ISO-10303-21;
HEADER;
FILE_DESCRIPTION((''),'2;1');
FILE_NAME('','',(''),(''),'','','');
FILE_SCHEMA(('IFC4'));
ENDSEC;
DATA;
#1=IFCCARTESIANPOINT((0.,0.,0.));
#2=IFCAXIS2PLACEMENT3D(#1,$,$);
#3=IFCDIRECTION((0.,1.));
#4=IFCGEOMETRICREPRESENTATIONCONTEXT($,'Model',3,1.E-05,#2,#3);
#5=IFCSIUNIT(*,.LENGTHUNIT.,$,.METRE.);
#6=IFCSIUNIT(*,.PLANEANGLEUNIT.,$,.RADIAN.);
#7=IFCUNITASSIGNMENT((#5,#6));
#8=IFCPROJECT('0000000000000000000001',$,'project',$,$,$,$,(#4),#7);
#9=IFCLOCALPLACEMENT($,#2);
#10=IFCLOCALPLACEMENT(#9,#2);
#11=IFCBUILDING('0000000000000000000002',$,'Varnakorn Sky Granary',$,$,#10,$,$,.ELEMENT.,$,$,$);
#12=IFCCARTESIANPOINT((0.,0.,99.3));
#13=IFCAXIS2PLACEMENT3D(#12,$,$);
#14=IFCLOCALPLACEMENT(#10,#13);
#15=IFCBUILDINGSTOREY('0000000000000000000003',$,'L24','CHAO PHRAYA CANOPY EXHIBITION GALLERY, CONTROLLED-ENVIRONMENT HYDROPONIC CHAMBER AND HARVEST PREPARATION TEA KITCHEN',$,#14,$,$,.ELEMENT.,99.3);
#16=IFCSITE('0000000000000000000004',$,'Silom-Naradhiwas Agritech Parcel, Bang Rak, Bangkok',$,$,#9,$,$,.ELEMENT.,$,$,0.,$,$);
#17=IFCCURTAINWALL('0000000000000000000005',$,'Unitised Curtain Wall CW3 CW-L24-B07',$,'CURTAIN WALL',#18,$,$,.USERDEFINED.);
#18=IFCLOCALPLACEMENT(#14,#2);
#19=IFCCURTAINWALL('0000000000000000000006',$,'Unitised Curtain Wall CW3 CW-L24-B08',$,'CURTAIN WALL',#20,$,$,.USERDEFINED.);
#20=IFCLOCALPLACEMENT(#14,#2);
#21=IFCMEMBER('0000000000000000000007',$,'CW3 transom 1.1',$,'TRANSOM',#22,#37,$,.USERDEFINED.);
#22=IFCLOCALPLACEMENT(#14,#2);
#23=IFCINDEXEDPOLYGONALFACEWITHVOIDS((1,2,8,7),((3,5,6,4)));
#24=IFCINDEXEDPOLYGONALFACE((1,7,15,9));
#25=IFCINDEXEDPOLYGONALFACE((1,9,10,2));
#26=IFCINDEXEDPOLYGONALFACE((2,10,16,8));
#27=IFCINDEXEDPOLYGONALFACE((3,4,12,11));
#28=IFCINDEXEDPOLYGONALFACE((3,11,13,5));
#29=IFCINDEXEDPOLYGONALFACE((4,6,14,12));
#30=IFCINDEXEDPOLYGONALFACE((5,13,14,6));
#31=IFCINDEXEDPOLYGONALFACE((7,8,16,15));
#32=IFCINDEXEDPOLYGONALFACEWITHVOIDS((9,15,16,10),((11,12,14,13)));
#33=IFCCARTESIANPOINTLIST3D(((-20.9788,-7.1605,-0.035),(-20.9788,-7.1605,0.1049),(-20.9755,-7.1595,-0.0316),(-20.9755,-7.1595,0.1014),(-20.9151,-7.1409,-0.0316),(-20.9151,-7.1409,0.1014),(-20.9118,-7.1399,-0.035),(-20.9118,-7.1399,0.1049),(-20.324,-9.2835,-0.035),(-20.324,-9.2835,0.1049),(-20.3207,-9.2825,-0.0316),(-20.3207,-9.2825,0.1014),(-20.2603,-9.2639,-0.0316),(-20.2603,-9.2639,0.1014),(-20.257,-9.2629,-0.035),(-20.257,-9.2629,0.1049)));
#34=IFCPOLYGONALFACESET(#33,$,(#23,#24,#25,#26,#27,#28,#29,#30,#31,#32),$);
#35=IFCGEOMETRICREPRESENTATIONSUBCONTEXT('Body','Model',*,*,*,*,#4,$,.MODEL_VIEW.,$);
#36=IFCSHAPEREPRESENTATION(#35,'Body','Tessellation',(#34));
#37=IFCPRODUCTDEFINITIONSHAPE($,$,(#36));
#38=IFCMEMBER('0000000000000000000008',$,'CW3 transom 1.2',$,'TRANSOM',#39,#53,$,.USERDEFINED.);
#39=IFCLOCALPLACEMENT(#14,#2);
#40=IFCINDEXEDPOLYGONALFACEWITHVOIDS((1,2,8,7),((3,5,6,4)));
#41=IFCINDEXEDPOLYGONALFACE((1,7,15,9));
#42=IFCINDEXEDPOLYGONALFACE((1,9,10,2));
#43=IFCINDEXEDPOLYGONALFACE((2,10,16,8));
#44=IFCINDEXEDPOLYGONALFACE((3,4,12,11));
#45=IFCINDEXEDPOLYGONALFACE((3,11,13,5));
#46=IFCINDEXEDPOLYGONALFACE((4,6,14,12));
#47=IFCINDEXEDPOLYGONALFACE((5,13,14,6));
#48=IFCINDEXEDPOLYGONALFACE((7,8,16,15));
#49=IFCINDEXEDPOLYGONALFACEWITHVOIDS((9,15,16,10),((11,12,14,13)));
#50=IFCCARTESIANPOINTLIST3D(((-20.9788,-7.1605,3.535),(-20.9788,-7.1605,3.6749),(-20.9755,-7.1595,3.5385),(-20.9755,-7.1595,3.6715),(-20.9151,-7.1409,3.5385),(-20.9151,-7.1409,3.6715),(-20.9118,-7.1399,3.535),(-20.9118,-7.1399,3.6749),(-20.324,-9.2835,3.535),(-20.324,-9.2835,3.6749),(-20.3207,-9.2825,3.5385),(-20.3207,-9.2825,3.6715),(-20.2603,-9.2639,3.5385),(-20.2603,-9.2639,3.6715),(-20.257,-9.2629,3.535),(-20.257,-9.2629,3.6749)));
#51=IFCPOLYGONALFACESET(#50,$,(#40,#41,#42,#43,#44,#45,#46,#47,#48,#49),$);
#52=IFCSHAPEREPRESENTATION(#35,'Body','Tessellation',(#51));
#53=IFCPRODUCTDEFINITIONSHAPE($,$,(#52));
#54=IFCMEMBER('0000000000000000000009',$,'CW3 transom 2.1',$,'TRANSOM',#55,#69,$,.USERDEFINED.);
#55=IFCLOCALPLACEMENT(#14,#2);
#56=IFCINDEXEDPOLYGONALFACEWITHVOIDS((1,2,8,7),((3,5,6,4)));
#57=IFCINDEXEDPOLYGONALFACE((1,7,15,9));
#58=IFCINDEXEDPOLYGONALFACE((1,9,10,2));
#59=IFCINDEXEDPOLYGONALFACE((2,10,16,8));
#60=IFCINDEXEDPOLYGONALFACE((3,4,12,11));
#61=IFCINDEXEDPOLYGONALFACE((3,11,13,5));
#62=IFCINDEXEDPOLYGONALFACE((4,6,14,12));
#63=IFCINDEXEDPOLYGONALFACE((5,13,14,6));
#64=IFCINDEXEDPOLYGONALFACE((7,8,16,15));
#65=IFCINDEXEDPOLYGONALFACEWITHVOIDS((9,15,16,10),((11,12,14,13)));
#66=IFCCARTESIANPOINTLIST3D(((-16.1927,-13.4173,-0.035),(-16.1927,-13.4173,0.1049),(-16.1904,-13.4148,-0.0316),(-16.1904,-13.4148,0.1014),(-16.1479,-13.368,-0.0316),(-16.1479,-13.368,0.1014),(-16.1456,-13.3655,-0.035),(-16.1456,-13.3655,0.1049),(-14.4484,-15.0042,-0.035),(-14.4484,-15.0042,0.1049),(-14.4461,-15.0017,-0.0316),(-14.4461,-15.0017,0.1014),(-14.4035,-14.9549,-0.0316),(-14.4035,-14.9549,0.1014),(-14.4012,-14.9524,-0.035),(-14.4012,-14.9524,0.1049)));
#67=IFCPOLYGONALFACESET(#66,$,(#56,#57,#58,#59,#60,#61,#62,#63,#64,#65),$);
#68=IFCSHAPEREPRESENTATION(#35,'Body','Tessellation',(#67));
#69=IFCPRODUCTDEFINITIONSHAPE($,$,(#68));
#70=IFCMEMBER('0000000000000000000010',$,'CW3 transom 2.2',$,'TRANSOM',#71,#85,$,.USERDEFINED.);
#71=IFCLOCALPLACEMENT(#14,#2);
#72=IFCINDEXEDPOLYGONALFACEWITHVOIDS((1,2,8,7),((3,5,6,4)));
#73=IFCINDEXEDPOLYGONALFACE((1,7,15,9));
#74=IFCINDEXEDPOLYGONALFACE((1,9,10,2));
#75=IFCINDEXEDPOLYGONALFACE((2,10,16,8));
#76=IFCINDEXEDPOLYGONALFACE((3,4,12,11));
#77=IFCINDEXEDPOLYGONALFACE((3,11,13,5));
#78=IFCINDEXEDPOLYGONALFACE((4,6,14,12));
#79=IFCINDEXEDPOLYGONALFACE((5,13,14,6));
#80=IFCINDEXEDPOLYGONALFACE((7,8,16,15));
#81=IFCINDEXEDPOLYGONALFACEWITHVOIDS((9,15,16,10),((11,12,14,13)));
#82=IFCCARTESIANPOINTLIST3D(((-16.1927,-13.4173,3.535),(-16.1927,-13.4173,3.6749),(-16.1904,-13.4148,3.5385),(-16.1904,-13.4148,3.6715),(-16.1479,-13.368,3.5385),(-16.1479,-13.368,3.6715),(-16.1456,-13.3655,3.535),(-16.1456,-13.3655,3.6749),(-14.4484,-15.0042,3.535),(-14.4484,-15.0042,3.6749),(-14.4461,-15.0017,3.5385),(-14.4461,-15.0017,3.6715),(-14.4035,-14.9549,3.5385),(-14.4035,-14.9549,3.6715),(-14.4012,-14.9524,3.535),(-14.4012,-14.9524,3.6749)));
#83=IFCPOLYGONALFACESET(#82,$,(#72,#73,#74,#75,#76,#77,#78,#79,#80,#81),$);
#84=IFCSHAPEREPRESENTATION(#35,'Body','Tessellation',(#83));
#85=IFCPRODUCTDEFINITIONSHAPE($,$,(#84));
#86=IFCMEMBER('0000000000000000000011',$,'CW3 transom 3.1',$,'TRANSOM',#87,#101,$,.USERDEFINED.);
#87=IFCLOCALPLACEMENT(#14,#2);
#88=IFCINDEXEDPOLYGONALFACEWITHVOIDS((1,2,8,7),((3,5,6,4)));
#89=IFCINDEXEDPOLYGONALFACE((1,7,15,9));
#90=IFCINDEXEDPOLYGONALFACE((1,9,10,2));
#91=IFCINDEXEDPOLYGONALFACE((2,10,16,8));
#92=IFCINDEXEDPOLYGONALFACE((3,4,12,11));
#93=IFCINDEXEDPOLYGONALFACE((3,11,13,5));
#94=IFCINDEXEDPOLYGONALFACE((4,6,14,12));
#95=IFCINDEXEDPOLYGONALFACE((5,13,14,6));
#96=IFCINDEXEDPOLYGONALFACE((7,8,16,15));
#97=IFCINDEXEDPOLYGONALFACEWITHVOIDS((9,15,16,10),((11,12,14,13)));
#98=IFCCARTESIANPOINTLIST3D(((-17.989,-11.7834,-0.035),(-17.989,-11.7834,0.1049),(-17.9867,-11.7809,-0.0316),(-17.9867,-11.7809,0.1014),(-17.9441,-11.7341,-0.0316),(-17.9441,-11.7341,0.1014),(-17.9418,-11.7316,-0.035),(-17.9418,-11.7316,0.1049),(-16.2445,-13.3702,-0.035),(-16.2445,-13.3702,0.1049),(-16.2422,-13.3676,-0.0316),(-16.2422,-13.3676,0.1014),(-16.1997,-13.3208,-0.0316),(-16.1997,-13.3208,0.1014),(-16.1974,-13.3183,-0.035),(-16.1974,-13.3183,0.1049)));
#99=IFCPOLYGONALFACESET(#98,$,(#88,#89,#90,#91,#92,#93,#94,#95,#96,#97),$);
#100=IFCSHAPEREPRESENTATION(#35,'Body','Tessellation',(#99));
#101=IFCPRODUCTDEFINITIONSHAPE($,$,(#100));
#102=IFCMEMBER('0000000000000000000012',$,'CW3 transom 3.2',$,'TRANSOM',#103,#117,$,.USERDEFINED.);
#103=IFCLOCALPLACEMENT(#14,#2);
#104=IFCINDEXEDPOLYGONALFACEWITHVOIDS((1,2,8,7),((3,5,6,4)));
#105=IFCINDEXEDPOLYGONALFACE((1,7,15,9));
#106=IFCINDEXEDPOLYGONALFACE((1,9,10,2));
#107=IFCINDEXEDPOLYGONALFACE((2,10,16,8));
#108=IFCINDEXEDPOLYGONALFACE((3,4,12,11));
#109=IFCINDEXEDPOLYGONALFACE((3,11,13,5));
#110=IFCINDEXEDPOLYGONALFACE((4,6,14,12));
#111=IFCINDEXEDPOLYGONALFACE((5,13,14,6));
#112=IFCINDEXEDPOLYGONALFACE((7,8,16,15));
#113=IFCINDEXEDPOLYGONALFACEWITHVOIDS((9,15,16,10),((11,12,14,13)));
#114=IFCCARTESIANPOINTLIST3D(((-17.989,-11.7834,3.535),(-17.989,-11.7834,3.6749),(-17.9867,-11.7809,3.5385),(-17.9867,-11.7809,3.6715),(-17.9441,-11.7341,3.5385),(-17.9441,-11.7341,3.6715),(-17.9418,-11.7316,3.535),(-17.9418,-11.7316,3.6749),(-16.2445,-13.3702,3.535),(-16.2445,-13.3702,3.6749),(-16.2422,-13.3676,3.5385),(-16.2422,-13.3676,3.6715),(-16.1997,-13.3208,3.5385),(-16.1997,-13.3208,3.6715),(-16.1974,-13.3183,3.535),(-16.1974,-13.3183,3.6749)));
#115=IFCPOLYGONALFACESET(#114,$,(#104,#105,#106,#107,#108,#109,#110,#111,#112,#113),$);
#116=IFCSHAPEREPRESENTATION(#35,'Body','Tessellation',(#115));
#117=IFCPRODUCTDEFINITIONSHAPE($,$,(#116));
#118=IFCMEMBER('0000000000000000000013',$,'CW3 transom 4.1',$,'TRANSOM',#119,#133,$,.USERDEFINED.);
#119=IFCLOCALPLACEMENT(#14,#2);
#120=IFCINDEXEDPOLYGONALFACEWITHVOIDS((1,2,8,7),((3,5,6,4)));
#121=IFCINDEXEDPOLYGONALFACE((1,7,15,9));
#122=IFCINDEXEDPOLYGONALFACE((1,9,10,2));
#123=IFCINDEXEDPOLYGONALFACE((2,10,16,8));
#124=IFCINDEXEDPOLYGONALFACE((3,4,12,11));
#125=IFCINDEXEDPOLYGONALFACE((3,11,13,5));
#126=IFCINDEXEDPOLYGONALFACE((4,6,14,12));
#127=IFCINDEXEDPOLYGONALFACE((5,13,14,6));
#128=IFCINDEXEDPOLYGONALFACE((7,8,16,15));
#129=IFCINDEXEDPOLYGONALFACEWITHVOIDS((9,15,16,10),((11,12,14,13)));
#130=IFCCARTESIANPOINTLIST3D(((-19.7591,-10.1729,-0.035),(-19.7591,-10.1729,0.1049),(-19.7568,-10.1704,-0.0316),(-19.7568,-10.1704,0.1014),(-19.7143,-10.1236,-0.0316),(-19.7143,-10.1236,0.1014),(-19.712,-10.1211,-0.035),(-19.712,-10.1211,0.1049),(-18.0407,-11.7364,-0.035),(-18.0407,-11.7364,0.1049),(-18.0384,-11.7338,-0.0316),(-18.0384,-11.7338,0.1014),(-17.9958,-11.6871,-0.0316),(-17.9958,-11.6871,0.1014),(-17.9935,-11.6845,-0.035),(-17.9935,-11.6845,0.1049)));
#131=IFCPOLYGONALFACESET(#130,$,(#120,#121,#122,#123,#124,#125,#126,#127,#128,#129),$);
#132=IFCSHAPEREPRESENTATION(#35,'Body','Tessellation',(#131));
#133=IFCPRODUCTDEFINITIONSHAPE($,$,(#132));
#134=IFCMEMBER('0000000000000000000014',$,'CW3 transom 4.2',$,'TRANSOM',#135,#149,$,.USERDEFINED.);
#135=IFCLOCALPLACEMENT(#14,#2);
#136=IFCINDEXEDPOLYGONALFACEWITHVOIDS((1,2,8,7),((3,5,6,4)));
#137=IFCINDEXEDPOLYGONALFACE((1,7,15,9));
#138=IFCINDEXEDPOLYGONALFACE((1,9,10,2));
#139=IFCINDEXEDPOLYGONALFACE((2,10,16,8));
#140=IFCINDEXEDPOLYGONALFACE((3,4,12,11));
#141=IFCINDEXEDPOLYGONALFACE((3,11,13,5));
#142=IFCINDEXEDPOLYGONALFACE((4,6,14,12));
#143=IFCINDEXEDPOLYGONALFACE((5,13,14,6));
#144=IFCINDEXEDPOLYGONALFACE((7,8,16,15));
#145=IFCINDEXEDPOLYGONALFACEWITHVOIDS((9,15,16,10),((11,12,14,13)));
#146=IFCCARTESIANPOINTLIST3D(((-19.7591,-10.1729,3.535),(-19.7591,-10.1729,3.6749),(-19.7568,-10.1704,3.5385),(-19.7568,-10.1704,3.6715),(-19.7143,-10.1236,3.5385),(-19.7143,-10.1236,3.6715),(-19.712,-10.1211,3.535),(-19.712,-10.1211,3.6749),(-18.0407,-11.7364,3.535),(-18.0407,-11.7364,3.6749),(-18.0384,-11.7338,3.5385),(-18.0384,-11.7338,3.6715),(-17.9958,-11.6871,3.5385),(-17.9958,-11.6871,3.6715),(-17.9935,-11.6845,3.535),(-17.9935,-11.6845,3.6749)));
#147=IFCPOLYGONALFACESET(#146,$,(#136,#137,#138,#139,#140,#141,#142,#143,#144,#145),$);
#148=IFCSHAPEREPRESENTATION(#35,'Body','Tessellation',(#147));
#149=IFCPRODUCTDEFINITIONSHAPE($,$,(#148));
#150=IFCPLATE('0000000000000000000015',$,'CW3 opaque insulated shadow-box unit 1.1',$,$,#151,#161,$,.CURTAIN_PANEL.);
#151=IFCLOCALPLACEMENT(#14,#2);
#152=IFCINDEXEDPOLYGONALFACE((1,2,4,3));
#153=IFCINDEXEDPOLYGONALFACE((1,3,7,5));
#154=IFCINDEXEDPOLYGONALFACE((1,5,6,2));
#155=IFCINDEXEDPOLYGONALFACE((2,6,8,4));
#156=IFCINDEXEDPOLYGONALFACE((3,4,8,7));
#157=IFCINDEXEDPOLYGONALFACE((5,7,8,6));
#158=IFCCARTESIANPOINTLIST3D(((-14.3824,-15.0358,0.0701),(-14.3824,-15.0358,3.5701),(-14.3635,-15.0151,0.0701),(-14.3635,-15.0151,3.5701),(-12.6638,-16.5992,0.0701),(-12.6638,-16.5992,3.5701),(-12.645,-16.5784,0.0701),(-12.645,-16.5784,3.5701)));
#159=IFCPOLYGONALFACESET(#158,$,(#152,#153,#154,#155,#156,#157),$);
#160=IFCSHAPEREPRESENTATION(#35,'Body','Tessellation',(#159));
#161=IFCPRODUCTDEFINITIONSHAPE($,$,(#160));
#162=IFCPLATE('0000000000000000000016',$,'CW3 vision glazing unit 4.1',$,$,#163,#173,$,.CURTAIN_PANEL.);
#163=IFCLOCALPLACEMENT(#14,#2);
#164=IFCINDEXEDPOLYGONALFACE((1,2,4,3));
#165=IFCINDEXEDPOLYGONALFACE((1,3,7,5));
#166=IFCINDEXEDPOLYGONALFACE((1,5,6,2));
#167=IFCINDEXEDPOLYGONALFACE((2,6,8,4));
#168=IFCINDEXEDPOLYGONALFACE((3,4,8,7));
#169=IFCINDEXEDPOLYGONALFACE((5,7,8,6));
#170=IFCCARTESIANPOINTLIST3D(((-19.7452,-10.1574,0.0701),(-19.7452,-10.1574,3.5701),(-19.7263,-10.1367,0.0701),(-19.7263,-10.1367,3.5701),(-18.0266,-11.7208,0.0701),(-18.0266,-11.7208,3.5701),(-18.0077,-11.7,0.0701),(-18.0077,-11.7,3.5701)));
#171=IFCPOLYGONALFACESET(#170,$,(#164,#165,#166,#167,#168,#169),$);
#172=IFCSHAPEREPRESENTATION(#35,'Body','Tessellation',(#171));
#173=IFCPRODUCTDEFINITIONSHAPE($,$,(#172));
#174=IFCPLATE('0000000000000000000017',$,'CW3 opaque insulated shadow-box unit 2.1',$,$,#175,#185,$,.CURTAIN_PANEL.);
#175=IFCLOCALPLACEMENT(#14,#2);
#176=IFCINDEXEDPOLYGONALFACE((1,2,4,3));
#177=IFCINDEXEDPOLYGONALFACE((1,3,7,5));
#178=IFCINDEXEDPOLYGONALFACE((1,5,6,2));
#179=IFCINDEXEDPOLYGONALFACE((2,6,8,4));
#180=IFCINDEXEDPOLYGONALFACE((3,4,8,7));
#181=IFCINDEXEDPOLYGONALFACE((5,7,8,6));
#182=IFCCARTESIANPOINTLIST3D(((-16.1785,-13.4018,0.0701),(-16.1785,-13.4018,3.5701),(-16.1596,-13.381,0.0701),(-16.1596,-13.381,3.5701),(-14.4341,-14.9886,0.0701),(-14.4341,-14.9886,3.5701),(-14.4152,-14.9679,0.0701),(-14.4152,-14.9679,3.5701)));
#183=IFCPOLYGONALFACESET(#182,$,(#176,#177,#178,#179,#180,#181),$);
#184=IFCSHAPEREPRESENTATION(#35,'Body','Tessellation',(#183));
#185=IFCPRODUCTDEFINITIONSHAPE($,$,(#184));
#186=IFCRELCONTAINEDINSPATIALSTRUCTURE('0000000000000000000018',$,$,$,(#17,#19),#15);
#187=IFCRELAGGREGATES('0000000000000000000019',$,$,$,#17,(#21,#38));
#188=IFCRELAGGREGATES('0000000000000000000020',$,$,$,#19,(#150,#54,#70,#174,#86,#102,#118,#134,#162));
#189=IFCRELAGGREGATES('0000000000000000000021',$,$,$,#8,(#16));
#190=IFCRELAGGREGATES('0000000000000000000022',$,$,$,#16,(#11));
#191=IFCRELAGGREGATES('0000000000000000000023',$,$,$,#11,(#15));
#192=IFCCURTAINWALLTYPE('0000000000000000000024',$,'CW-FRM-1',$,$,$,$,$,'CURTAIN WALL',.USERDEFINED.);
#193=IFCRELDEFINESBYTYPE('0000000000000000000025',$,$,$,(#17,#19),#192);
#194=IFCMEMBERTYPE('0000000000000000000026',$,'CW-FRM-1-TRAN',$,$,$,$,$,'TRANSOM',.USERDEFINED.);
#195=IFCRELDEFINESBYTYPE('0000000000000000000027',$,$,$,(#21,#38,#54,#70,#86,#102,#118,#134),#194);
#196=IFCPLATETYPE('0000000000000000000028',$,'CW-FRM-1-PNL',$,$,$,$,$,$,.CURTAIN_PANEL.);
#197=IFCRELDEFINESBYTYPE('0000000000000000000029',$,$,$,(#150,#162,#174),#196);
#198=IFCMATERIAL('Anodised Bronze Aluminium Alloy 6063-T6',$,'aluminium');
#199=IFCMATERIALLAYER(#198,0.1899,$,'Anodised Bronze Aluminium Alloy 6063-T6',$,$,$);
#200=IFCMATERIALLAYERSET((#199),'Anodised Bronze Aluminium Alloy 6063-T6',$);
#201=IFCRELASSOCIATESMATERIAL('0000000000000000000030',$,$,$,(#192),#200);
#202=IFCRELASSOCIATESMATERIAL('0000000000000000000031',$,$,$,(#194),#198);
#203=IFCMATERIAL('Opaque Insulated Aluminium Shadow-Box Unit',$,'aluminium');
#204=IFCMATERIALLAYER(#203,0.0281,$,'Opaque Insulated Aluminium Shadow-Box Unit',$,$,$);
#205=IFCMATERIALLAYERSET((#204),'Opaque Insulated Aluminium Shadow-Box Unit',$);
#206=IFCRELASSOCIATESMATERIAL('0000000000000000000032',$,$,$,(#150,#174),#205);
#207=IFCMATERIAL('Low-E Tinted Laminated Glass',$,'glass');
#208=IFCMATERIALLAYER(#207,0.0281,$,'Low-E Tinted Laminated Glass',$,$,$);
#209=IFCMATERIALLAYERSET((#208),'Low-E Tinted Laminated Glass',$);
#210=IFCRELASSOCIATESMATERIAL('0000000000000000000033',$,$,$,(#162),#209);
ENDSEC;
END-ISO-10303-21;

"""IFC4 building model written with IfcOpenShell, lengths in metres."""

from ifc_helpers import new_model, si_unit, direction, frame, origin, origin_2d, place, context, subcontext, project, spatial, rectangle, hollow_rectangle, extrude, source, transform, mapped, material, layer, layer_set, material_profile, profile_set, type_object, type_shapes, element, aggregate, save


model = new_model("IFC4")

# Units and contexts
model_context = context("Model", 3, precision=1e-05, world=origin(), true_north=direction((0.0, 1.0)))
body_context = subcontext(model_context, "Body", "Model", "MODEL_VIEW")
ifc_project = project(units=[si_unit("LENGTHUNIT", "METRE"), si_unit("PLANEANGLEUNIT", "RADIAN")], contexts=[model_context])

# Site, building, storey
site_placement = place(None, origin())
site = spatial("IfcSite", under=ifc_project, at=site_placement, Name="Silom-Naradhiwas Agritech Parcel, Bang Rak, Bangkok", CompositionType="ELEMENT", RefElevation=0.0)
building_placement = place(site_placement, origin())
building = spatial("IfcBuilding", under=site, at=building_placement, Name="Varnakorn Sky Granary", CompositionType="ELEMENT")
storey_placement = place(building_placement, frame((0.0, 0.0, 99.3)))
storey = spatial("IfcBuildingStorey", under=building, at=storey_placement, Name="L24", Description="CHAO PHRAYA CANOPY EXHIBITION GALLERY, CONTROLLED-ENVIRONMENT HYDROPONIC CHAMBER AND HARVEST PREPARATION TEA KITCHEN", CompositionType="ELEMENT", Elevation=99.3)

# Curtain wall
ifc_material_1 = material(Name="Anodised Bronze Aluminium Alloy 6063-T6", Category="aluminium")
ifc_layer_1 = layer(ifc_material_1, 0.1899, Name="Anodised Bronze Aluminium Alloy 6063-T6")
ifc_layer_set_1 = layer_set([ifc_layer_1], Name="Anodised Bronze Aluminium Alloy 6063-T6")
curtain_wall_type = type_object("IfcCurtainWallType", Name="CW-FRM-1", ElementType="CURTAIN WALL", PredefinedType="USERDEFINED", material=ifc_layer_set_1)
curtain_wall_1_placement = place(storey_placement, origin())
curtain_wall_1 = element("IfcCurtainWall", 1, at=curtain_wall_1_placement, inside=storey, type_object=curtain_wall_type, Name="Unitised Curtain Wall CW3 CW-L24-B07", ObjectType="CURTAIN WALL", PredefinedType="USERDEFINED")

# Curtain wall
curtain_wall_2_placement = place(storey_placement, origin())
curtain_wall_2 = element("IfcCurtainWall", 2, at=curtain_wall_2_placement, inside=storey, type_object=curtain_wall_type, Name="Unitised Curtain Wall CW3 CW-L24-B08", ObjectType="CURTAIN WALL", PredefinedType="USERDEFINED")

# Members
ifc_material_profile_1 = material_profile(ifc_material_1, hollow_rectangle(XDim=0.0701, YDim=0.1399, WallThickness=0.0034, at=origin_2d()), Name="ALU TRAN 70x140")
ifc_profile_set_1 = profile_set([ifc_material_profile_1], Name="Anodised Bronze Aluminium Alloy 6063-T6")
member_type_1 = type_object("IfcMemberType", Name="CW-FRM-1-TRAN", ElementType="TRANSOM", PredefinedType="USERDEFINED", material=ifc_profile_set_1)
member_1_placement = place(storey_placement, frame((-20.2905, -9.2732, 0.0349), z_axis=(-0.294719, 0.955584, 0.0), x_axis=(-0.955584, -0.294719, 0.0)))
member_1 = element("IfcMember", 3, at=member_1_placement, type_object=member_type_1, Name="CW3 transom 1.1", ObjectType="TRANSOM", PredefinedType="USERDEFINED", context=body_context, shape_type="SweptSolid", body=[
    extrude(hollow_rectangle(XDim=0.0701, YDim=0.1399, WallThickness=0.0034, at=origin_2d()), origin(), (0.0, 0.0, 1.0), 2.2217),
])
member_2_placement = place(storey_placement, frame((-20.2905, -9.2732, 3.605), z_axis=(-0.294719, 0.955584, 0.0), x_axis=(-0.955584, -0.294719, 0.0)))
member_2 = element("IfcMember", 4, at=member_2_placement, type_object=member_type_1, Name="CW3 transom 1.2", ObjectType="TRANSOM", PredefinedType="USERDEFINED", context=body_context, shape_type="SweptSolid", body=[
    extrude(hollow_rectangle(XDim=0.0701, YDim=0.1399, WallThickness=0.0034, at=origin_2d()), origin(), (0.0, 0.0, 1.0), 2.2217),
])
aggregate(curtain_wall_1, [member_1, member_2])
member_3_placement = place(storey_placement, frame((-14.4248, -14.9783, 0.0349), z_axis=(-0.739706, 0.67293, 0.0), x_axis=(-0.67293, -0.739706, 0.0)))
member_3 = element("IfcMember", 5, at=member_3_placement, type_object=member_type_1, Name="CW3 transom 2.1", ObjectType="TRANSOM", PredefinedType="USERDEFINED", context=body_context, shape_type="SweptSolid", body=[
    extrude(hollow_rectangle(XDim=0.0701, YDim=0.1399, WallThickness=0.0034, at=origin_2d()), origin(), (0.0, 0.0, 1.0), 2.3582),
])
member_4_placement = place(storey_placement, frame((-14.4248, -14.9783, 3.605), z_axis=(-0.739706, 0.67293, 0.0), x_axis=(-0.67293, -0.739706, 0.0)))
member_4 = element("IfcMember", 6, at=member_4_placement, type_object=member_type_1, Name="CW3 transom 2.2", ObjectType="TRANSOM", PredefinedType="USERDEFINED", context=body_context, shape_type="SweptSolid", body=[
    extrude(hollow_rectangle(XDim=0.0701, YDim=0.1399, WallThickness=0.0034, at=origin_2d()), origin(), (0.0, 0.0, 1.0), 2.3582),
])
member_5_placement = place(storey_placement, frame((-16.2209, -13.3442, 0.0349), z_axis=(-0.739757, 0.672874, 0.0), x_axis=(-0.672874, -0.739757, 0.0)))
member_5 = element("IfcMember", 7, at=member_5_placement, type_object=member_type_1, Name="CW3 transom 3.1", ObjectType="TRANSOM", PredefinedType="USERDEFINED", context=body_context, shape_type="SweptSolid", body=[
    extrude(hollow_rectangle(XDim=0.0701, YDim=0.1399, WallThickness=0.0034, at=origin_2d()), origin(), (0.0, 0.0, 1.0), 2.3582),
])
member_6_placement = place(storey_placement, frame((-16.2209, -13.3442, 3.605), z_axis=(-0.739757, 0.672874, 0.0), x_axis=(-0.672874, -0.739757, 0.0)))
member_6 = element("IfcMember", 8, at=member_6_placement, type_object=member_type_1, Name="CW3 transom 3.2", ObjectType="TRANSOM", PredefinedType="USERDEFINED", context=body_context, shape_type="SweptSolid", body=[
    extrude(hollow_rectangle(XDim=0.0701, YDim=0.1399, WallThickness=0.0034, at=origin_2d()), origin(), (0.0, 0.0, 1.0), 2.3582),
])
member_7_placement = place(storey_placement, frame((-18.0171, -11.7104, 0.0349), z_axis=(-0.739683, 0.672955, 0.0), x_axis=(-0.672955, -0.739683, 0.0)))
member_7 = element("IfcMember", 9, at=member_7_placement, type_object=member_type_1, Name="CW3 transom 4.1", ObjectType="TRANSOM", PredefinedType="USERDEFINED", context=body_context, shape_type="SweptSolid", body=[
    extrude(hollow_rectangle(XDim=0.0701, YDim=0.1399, WallThickness=0.0034, at=origin_2d()), origin(), (0.0, 0.0, 1.0), 2.3232),
])
member_8_placement = place(storey_placement, frame((-18.0171, -11.7104, 3.605), z_axis=(-0.739683, 0.672955, 0.0), x_axis=(-0.672955, -0.739683, 0.0)))
member_8 = element("IfcMember", 10, at=member_8_placement, type_object=member_type_1, Name="CW3 transom 4.2", ObjectType="TRANSOM", PredefinedType="USERDEFINED", context=body_context, shape_type="SweptSolid", body=[
    extrude(hollow_rectangle(XDim=0.0701, YDim=0.1399, WallThickness=0.0034, at=origin_2d()), origin(), (0.0, 0.0, 1.0), 2.3232),
])

# Plates
ifc_material_2 = material(Name="Opaque Insulated Aluminium Shadow-Box Unit", Category="aluminium")
ifc_layer_2 = layer(ifc_material_2, 0.0281, Name="Opaque Insulated Aluminium Shadow-Box Unit")
ifc_layer_set_2 = layer_set([ifc_layer_2], Name="Opaque Insulated Aluminium Shadow-Box Unit")
plate_type = type_object("IfcPlateType", Name="CW-FRM-1-PNL", PredefinedType="CURTAIN_PANEL")
shared_shape_1 = source(origin(), body_context, "Body", "SweptSolid", [
    extrude(rectangle(XDim=2.3232, YDim=0.0281, at=origin_2d()), origin(), (0.0, 0.0, 1.0), 3.5),
])
plate_1_placement = place(storey_placement, frame((-13.5137, -15.8071, 0.0701), z_axis=(0.0, 0.0, 1.0), x_axis=(-0.739716, 0.672919, 0.0)))
plate_1 = element("IfcPlate", 11, at=plate_1_placement, type_object=plate_type, material=ifc_layer_set_2, Name="CW3 opaque insulated shadow-box unit 1.1", PredefinedType="CURTAIN_PANEL", context=body_context, shape_type="MappedRepresentation", body=[
    mapped(shared_shape_1, transform((0.0, 0.0, 0.0), x_axis=(1.0, 0.0, 0.0), y_axis=(0.0, 1.0, 0.0), z_axis=(0.0, 0.0, 1.0), scale=1.0)),
])
ifc_material_3 = material(Name="Low-E Tinted Laminated Glass", Category="glass")
ifc_layer_3 = layer(ifc_material_3, 0.0281, Name="Low-E Tinted Laminated Glass")
ifc_layer_set_3 = layer_set([ifc_layer_3], Name="Low-E Tinted Laminated Glass")
plate_2_placement = place(storey_placement, frame((-18.8765, -10.9287, 0.0701), z_axis=(0.0, 0.0, 1.0), x_axis=(-0.739716, 0.672919, 0.0)))
plate_2 = element("IfcPlate", 12, at=plate_2_placement, type_object=plate_type, material=ifc_layer_set_3, Name="CW3 vision glazing unit 4.1", PredefinedType="CURTAIN_PANEL", context=body_context, shape_type="MappedRepresentation", body=[
    mapped(shared_shape_1, transform((0.0, 0.0, 0.0), x_axis=(1.0, 0.0, 0.0), y_axis=(0.0, 1.0, 0.0), z_axis=(0.0, 0.0, 1.0), scale=1.0)),
])
shared_shape_2 = source(origin(), body_context, "Body", "SweptSolid", [
    extrude(rectangle(XDim=2.3582, YDim=0.0281, at=origin_2d()), origin(), (0.0, 0.0, 1.0), 3.5),
])
type_shapes(plate_type, [shared_shape_1, shared_shape_2])
plate_3_placement = place(storey_placement, frame((-15.2969, -14.1848, 0.0701), z_axis=(0.0, 0.0, 1.0), x_axis=(-0.739716, 0.672919, 0.0)))
plate_3 = element("IfcPlate", 13, at=plate_3_placement, type_object=plate_type, material=ifc_layer_set_2, Name="CW3 opaque insulated shadow-box unit 2.1", PredefinedType="CURTAIN_PANEL", context=body_context, shape_type="MappedRepresentation", body=[
    mapped(shared_shape_2, transform((0.0, 0.0, 0.0), x_axis=(1.0, 0.0, 0.0), y_axis=(0.0, 1.0, 0.0), z_axis=(0.0, 0.0, 1.0), scale=1.0)),
])
aggregate(curtain_wall_2, [plate_1, member_3, member_4, plate_3, member_5, member_6, member_7, member_8, plate_2])

save(model, "model.ifc")
